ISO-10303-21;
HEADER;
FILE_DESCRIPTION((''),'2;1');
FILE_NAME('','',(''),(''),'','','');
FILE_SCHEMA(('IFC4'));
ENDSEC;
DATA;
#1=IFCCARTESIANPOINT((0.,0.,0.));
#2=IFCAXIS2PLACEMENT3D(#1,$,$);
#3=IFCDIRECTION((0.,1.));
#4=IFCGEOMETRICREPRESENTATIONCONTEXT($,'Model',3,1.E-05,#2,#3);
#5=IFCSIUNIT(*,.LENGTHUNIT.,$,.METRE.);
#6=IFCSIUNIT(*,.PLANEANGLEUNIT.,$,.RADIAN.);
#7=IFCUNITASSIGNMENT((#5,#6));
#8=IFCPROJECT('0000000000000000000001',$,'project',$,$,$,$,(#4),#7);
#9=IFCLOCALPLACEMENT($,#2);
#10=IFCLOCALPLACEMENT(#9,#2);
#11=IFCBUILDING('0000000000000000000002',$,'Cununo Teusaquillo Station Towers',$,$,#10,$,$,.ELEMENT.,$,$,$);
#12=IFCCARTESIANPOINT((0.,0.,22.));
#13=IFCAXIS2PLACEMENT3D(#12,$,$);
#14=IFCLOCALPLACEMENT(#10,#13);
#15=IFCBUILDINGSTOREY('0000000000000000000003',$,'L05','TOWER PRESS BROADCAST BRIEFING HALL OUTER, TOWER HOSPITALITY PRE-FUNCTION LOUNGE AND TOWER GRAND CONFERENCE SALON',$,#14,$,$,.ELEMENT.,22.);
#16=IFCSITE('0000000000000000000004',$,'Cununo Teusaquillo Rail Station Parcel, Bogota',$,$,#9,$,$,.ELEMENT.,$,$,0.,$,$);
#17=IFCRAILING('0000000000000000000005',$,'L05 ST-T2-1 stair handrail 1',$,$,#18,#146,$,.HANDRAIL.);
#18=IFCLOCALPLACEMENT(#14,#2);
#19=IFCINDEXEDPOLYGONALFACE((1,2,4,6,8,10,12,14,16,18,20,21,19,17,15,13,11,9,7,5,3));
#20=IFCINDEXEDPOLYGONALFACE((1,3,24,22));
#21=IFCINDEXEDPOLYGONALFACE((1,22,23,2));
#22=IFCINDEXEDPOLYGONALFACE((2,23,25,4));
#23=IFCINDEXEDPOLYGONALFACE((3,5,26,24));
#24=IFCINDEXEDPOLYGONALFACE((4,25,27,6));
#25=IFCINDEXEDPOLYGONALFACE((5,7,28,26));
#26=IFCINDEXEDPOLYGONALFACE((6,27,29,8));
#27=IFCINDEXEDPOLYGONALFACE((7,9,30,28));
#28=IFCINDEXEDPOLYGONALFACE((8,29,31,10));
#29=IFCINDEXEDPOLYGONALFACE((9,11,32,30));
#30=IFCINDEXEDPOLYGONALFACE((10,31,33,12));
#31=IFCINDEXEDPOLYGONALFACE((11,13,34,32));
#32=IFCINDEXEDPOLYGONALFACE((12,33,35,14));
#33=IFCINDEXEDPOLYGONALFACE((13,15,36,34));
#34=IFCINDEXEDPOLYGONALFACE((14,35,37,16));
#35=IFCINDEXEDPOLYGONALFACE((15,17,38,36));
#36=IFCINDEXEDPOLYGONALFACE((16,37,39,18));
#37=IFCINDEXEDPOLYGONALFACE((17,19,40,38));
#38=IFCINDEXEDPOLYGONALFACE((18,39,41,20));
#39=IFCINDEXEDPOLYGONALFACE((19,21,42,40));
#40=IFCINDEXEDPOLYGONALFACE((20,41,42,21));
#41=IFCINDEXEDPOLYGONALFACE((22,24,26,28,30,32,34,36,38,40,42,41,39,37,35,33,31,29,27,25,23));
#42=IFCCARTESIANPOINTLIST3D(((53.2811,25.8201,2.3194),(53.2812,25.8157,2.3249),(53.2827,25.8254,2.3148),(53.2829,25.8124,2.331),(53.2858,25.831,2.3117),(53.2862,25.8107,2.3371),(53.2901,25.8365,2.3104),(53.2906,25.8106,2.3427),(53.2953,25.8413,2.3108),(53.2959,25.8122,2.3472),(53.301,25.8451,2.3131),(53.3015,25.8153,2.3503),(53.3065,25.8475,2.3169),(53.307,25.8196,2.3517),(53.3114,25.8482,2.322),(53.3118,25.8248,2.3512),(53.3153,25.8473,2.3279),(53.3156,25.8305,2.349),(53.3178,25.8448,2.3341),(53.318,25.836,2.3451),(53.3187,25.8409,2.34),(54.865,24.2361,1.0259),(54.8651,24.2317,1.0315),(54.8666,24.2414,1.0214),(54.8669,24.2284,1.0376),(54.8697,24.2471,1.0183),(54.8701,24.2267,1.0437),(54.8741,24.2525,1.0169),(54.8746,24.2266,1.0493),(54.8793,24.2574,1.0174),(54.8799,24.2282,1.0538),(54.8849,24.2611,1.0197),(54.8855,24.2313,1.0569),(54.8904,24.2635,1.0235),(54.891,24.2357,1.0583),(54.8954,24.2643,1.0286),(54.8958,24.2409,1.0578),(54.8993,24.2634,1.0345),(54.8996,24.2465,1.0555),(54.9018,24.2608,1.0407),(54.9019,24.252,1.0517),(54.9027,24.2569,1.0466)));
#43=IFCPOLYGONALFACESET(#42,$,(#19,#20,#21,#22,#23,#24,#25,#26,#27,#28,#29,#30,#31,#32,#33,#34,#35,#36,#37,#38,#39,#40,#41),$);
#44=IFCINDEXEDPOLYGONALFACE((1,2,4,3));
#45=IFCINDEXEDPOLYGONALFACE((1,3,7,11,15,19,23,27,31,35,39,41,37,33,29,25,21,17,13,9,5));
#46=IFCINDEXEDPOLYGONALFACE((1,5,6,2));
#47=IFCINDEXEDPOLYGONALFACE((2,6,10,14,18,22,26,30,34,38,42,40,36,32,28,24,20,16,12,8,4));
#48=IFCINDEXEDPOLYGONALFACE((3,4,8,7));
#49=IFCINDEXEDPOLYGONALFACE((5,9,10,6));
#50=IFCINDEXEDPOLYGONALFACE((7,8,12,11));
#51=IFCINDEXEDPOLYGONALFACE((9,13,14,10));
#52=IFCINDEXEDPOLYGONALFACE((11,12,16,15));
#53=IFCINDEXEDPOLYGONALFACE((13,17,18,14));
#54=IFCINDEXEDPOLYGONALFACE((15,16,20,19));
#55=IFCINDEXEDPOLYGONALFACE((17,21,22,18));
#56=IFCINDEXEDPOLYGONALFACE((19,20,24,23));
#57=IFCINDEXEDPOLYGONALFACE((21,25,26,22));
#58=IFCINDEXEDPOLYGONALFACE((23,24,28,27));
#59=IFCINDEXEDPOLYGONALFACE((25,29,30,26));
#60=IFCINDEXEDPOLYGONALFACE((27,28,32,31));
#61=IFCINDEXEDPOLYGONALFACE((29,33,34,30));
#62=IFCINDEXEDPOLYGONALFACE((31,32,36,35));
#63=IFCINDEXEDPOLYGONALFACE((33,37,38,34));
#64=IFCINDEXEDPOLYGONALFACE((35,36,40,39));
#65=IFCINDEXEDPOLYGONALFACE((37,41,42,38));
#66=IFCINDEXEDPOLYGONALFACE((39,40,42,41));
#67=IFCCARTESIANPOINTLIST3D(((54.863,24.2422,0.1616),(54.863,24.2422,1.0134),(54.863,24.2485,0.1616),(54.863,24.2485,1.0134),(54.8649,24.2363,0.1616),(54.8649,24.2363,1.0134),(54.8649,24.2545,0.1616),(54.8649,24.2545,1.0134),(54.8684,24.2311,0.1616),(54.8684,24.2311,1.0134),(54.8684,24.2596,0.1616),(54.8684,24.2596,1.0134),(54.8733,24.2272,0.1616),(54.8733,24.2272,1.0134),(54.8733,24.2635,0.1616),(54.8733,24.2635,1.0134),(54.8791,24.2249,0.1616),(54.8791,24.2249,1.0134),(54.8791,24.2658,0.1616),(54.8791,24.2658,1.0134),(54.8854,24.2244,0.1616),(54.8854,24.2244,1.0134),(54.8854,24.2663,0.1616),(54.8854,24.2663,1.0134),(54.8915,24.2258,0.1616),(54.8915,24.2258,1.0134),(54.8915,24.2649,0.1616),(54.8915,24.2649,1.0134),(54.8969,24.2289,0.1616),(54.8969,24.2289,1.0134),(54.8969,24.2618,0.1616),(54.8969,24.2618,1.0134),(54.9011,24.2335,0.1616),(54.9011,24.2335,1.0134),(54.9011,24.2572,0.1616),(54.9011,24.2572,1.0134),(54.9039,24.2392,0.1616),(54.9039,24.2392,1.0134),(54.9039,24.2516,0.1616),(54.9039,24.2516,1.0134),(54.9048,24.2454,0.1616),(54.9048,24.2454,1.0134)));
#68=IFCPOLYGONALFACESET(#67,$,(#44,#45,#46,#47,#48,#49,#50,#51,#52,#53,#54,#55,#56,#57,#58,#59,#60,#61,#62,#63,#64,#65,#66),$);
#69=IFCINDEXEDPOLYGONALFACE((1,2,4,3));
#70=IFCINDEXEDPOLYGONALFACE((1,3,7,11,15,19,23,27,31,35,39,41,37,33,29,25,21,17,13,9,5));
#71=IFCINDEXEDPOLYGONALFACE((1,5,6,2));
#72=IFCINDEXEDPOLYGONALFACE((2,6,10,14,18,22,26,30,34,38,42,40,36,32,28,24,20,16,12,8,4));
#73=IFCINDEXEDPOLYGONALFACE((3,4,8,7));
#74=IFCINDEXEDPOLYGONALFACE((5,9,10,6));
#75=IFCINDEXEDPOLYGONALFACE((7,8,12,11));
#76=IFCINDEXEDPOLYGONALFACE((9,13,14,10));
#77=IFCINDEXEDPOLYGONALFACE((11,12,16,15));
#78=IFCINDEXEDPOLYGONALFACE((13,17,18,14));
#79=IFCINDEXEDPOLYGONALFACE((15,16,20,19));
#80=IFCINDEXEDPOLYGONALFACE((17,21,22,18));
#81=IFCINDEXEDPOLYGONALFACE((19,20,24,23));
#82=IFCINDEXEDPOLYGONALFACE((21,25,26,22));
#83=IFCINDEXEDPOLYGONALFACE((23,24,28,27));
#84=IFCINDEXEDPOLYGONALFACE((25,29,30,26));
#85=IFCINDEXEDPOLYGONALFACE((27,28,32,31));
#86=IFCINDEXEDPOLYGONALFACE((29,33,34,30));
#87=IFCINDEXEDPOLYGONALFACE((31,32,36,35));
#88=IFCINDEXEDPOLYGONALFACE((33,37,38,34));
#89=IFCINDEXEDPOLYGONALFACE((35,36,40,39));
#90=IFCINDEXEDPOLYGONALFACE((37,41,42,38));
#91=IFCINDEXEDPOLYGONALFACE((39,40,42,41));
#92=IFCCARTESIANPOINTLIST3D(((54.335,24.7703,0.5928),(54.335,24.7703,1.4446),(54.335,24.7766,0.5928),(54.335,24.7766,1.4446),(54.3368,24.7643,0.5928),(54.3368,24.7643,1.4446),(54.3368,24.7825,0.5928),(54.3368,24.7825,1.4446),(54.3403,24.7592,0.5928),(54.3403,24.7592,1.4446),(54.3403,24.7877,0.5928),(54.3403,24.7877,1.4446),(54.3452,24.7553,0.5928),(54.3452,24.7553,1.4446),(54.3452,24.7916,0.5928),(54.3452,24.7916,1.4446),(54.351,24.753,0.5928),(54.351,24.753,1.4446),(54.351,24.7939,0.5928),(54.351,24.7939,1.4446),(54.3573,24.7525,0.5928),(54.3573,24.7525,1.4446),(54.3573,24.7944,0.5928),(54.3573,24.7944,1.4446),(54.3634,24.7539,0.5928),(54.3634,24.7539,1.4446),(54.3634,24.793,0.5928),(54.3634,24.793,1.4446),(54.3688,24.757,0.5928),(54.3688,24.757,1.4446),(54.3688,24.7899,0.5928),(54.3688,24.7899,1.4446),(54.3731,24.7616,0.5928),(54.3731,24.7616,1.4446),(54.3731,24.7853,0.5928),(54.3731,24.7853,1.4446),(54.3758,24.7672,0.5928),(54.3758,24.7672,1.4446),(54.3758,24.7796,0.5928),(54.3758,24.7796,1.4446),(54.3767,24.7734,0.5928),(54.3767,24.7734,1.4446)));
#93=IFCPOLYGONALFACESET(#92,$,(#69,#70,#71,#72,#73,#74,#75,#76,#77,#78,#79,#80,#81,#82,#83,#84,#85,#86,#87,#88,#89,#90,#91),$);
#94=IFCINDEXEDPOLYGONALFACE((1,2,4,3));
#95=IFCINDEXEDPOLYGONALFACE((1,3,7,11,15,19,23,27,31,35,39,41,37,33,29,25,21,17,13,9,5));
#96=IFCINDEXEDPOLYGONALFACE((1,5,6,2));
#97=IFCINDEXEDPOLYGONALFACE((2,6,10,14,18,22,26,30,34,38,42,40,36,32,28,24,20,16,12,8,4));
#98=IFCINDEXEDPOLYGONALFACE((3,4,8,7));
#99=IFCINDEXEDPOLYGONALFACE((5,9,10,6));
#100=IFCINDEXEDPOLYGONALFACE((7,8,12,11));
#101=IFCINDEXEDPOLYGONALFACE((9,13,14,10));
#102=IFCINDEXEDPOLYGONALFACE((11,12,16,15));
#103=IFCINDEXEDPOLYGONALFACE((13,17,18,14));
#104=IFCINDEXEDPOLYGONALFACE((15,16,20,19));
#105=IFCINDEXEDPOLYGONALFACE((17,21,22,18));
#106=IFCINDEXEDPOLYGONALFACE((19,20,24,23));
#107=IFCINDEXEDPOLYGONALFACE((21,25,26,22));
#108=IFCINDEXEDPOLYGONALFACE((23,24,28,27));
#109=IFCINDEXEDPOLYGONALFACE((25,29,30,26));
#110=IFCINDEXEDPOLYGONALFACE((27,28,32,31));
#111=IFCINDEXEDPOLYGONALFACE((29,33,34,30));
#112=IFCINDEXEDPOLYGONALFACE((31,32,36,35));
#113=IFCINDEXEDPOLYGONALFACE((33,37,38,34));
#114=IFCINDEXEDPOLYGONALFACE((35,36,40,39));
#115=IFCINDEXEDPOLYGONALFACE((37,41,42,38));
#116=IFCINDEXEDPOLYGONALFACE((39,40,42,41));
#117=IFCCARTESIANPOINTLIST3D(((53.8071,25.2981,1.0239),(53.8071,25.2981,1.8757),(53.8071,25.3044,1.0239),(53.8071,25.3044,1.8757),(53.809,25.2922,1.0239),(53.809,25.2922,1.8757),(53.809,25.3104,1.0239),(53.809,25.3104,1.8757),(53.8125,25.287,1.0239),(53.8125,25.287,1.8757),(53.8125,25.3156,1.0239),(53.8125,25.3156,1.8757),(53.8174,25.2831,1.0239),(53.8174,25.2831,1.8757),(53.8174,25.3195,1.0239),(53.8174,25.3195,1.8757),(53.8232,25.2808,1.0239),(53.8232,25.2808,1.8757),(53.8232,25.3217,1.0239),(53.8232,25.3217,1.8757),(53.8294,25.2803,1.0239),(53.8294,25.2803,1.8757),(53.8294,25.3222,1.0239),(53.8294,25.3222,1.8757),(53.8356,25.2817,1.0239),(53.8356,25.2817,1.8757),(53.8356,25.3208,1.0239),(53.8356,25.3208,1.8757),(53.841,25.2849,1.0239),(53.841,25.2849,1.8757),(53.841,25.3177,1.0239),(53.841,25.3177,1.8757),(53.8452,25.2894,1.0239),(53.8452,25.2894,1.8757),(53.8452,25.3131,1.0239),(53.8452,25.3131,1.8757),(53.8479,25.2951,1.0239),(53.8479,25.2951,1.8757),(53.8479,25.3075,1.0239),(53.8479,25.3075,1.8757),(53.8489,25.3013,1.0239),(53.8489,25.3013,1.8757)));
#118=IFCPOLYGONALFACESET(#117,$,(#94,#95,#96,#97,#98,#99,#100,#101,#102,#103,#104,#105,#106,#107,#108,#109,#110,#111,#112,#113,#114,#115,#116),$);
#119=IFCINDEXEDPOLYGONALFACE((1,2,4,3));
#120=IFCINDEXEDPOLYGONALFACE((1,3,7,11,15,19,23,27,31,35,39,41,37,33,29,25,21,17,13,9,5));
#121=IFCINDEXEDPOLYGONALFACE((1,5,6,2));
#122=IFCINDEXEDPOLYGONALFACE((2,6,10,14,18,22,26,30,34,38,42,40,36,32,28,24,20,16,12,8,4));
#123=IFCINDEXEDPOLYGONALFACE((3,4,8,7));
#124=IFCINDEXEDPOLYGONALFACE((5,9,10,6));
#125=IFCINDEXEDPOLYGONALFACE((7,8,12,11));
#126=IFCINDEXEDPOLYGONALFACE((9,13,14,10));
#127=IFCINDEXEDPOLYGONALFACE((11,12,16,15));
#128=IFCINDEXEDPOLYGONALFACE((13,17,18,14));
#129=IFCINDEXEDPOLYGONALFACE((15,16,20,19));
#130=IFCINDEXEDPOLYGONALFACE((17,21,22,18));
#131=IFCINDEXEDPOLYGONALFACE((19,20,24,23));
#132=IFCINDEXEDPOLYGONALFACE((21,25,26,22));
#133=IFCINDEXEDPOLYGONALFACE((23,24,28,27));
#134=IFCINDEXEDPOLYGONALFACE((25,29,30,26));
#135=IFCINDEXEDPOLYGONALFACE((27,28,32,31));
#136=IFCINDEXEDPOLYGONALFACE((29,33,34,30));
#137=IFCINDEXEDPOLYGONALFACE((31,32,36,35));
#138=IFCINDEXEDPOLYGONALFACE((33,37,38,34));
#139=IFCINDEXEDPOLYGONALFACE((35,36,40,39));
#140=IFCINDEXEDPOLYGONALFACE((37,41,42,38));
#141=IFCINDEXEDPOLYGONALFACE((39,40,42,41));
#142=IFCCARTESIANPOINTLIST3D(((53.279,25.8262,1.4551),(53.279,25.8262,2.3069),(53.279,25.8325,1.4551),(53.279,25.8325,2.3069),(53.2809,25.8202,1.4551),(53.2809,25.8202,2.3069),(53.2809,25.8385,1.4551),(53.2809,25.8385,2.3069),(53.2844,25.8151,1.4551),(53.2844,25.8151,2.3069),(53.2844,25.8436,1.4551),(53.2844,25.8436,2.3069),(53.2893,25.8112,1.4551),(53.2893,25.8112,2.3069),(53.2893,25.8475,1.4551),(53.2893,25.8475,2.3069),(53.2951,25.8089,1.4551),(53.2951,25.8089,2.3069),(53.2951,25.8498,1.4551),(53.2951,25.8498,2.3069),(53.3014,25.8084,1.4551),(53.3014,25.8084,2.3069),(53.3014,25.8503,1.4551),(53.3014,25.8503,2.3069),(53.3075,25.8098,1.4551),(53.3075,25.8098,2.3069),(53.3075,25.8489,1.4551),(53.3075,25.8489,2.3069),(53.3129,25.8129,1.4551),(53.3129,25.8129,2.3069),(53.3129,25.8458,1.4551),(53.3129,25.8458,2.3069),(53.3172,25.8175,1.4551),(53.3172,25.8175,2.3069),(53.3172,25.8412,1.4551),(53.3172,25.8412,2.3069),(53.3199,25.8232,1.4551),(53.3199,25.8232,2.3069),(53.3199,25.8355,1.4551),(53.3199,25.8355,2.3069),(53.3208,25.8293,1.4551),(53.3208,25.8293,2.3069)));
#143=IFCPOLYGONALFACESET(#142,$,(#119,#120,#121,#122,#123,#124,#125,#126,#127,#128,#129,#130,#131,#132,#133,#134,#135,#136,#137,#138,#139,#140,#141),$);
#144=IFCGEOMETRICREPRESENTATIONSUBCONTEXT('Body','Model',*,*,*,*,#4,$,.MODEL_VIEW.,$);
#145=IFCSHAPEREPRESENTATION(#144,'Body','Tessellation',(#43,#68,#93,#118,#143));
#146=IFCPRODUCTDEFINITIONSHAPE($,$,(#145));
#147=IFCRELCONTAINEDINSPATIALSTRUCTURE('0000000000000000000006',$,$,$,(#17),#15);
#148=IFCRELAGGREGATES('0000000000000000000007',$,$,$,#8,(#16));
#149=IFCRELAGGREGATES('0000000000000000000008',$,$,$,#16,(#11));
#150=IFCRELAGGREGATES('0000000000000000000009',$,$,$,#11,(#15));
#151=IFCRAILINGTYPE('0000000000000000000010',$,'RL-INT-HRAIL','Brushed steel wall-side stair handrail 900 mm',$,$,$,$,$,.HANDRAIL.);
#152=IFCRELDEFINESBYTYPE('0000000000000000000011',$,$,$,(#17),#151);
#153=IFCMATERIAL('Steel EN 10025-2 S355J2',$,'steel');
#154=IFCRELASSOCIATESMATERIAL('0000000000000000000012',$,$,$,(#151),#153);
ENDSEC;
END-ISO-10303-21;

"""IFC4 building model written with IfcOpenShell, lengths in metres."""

from ifc_helpers import new_model, si_unit, direction, frame, origin, origin_2d, place, context, subcontext, project, spatial, circle, extrude, material, type_object, element, save


model = new_model("IFC4")

# Units and contexts
model_context = context("Model", 3, precision=1e-05, world=origin(), true_north=direction((0.0, 1.0)))
body_context = subcontext(model_context, "Body", "Model", "MODEL_VIEW")
ifc_project = project(units=[si_unit("LENGTHUNIT", "METRE"), si_unit("PLANEANGLEUNIT", "RADIAN")], contexts=[model_context])

# Site, building, storey
site_placement = place(None, origin())
site = spatial("IfcSite", under=ifc_project, at=site_placement, Name="Cununo Teusaquillo Rail Station Parcel, Bogota", CompositionType="ELEMENT", RefElevation=0.0)
building_placement = place(site_placement, origin())
building = spatial("IfcBuilding", under=site, at=building_placement, Name="Cununo Teusaquillo Station Towers", CompositionType="ELEMENT")
storey_placement = place(building_placement, frame((0.0, 0.0, 22.0)))
storey = spatial("IfcBuildingStorey", under=building, at=storey_placement, Name="L05", Description="TOWER PRESS BROADCAST BRIEFING HALL OUTER, TOWER HOSPITALITY PRE-FUNCTION LOUNGE AND TOWER GRAND CONFERENCE SALON", CompositionType="ELEMENT", Elevation=22.0)

# Railing
ifc_material_1 = material(Name="Steel EN 10025-2 S355J2", Category="steel")
railing_type_1 = type_object("IfcRailingType", Name="RL-INT-HRAIL", Description="Brushed steel wall-side stair handrail 900 mm", PredefinedType="HANDRAIL", material=ifc_material_1)
railing_1_placement = place(storey_placement, frame((54.8838, 24.2454, 0.1616)))
element("IfcRailing", 1, at=railing_1_placement, inside=storey, type_object=railing_type_1, Name="L05 ST-T2-1 stair handrail 1", PredefinedType="HANDRAIL", context=body_context, shape_type="SweptSolid", body=[
    extrude(circle(Radius=0.0239, at=origin_2d()), frame((0.0, 0.0, 0.876), z_axis=(-0.612356, 0.612356, 0.50004), x_axis=(-0.707107, -0.707107, 0.0)), (0.0, 0.0, 1.0), 2.5867),
    extrude(circle(Radius=0.021, at=origin_2d()), origin(), (0.0, 0.0, 1.0), 0.8518),
    extrude(circle(Radius=0.021, at=origin_2d()), frame((-0.5281, 0.5281, 0.4312)), (0.0, 0.0, 1.0), 0.8518),
    extrude(circle(Radius=0.021, at=origin_2d()), frame((-1.0559, 1.0559, 0.8623)), (0.0, 0.0, 1.0), 0.8518),
    extrude(circle(Radius=0.021, at=origin_2d()), frame((-1.584, 1.584, 1.2935)), (0.0, 0.0, 1.0), 0.8518),
])

save(model, "model.ifc")
